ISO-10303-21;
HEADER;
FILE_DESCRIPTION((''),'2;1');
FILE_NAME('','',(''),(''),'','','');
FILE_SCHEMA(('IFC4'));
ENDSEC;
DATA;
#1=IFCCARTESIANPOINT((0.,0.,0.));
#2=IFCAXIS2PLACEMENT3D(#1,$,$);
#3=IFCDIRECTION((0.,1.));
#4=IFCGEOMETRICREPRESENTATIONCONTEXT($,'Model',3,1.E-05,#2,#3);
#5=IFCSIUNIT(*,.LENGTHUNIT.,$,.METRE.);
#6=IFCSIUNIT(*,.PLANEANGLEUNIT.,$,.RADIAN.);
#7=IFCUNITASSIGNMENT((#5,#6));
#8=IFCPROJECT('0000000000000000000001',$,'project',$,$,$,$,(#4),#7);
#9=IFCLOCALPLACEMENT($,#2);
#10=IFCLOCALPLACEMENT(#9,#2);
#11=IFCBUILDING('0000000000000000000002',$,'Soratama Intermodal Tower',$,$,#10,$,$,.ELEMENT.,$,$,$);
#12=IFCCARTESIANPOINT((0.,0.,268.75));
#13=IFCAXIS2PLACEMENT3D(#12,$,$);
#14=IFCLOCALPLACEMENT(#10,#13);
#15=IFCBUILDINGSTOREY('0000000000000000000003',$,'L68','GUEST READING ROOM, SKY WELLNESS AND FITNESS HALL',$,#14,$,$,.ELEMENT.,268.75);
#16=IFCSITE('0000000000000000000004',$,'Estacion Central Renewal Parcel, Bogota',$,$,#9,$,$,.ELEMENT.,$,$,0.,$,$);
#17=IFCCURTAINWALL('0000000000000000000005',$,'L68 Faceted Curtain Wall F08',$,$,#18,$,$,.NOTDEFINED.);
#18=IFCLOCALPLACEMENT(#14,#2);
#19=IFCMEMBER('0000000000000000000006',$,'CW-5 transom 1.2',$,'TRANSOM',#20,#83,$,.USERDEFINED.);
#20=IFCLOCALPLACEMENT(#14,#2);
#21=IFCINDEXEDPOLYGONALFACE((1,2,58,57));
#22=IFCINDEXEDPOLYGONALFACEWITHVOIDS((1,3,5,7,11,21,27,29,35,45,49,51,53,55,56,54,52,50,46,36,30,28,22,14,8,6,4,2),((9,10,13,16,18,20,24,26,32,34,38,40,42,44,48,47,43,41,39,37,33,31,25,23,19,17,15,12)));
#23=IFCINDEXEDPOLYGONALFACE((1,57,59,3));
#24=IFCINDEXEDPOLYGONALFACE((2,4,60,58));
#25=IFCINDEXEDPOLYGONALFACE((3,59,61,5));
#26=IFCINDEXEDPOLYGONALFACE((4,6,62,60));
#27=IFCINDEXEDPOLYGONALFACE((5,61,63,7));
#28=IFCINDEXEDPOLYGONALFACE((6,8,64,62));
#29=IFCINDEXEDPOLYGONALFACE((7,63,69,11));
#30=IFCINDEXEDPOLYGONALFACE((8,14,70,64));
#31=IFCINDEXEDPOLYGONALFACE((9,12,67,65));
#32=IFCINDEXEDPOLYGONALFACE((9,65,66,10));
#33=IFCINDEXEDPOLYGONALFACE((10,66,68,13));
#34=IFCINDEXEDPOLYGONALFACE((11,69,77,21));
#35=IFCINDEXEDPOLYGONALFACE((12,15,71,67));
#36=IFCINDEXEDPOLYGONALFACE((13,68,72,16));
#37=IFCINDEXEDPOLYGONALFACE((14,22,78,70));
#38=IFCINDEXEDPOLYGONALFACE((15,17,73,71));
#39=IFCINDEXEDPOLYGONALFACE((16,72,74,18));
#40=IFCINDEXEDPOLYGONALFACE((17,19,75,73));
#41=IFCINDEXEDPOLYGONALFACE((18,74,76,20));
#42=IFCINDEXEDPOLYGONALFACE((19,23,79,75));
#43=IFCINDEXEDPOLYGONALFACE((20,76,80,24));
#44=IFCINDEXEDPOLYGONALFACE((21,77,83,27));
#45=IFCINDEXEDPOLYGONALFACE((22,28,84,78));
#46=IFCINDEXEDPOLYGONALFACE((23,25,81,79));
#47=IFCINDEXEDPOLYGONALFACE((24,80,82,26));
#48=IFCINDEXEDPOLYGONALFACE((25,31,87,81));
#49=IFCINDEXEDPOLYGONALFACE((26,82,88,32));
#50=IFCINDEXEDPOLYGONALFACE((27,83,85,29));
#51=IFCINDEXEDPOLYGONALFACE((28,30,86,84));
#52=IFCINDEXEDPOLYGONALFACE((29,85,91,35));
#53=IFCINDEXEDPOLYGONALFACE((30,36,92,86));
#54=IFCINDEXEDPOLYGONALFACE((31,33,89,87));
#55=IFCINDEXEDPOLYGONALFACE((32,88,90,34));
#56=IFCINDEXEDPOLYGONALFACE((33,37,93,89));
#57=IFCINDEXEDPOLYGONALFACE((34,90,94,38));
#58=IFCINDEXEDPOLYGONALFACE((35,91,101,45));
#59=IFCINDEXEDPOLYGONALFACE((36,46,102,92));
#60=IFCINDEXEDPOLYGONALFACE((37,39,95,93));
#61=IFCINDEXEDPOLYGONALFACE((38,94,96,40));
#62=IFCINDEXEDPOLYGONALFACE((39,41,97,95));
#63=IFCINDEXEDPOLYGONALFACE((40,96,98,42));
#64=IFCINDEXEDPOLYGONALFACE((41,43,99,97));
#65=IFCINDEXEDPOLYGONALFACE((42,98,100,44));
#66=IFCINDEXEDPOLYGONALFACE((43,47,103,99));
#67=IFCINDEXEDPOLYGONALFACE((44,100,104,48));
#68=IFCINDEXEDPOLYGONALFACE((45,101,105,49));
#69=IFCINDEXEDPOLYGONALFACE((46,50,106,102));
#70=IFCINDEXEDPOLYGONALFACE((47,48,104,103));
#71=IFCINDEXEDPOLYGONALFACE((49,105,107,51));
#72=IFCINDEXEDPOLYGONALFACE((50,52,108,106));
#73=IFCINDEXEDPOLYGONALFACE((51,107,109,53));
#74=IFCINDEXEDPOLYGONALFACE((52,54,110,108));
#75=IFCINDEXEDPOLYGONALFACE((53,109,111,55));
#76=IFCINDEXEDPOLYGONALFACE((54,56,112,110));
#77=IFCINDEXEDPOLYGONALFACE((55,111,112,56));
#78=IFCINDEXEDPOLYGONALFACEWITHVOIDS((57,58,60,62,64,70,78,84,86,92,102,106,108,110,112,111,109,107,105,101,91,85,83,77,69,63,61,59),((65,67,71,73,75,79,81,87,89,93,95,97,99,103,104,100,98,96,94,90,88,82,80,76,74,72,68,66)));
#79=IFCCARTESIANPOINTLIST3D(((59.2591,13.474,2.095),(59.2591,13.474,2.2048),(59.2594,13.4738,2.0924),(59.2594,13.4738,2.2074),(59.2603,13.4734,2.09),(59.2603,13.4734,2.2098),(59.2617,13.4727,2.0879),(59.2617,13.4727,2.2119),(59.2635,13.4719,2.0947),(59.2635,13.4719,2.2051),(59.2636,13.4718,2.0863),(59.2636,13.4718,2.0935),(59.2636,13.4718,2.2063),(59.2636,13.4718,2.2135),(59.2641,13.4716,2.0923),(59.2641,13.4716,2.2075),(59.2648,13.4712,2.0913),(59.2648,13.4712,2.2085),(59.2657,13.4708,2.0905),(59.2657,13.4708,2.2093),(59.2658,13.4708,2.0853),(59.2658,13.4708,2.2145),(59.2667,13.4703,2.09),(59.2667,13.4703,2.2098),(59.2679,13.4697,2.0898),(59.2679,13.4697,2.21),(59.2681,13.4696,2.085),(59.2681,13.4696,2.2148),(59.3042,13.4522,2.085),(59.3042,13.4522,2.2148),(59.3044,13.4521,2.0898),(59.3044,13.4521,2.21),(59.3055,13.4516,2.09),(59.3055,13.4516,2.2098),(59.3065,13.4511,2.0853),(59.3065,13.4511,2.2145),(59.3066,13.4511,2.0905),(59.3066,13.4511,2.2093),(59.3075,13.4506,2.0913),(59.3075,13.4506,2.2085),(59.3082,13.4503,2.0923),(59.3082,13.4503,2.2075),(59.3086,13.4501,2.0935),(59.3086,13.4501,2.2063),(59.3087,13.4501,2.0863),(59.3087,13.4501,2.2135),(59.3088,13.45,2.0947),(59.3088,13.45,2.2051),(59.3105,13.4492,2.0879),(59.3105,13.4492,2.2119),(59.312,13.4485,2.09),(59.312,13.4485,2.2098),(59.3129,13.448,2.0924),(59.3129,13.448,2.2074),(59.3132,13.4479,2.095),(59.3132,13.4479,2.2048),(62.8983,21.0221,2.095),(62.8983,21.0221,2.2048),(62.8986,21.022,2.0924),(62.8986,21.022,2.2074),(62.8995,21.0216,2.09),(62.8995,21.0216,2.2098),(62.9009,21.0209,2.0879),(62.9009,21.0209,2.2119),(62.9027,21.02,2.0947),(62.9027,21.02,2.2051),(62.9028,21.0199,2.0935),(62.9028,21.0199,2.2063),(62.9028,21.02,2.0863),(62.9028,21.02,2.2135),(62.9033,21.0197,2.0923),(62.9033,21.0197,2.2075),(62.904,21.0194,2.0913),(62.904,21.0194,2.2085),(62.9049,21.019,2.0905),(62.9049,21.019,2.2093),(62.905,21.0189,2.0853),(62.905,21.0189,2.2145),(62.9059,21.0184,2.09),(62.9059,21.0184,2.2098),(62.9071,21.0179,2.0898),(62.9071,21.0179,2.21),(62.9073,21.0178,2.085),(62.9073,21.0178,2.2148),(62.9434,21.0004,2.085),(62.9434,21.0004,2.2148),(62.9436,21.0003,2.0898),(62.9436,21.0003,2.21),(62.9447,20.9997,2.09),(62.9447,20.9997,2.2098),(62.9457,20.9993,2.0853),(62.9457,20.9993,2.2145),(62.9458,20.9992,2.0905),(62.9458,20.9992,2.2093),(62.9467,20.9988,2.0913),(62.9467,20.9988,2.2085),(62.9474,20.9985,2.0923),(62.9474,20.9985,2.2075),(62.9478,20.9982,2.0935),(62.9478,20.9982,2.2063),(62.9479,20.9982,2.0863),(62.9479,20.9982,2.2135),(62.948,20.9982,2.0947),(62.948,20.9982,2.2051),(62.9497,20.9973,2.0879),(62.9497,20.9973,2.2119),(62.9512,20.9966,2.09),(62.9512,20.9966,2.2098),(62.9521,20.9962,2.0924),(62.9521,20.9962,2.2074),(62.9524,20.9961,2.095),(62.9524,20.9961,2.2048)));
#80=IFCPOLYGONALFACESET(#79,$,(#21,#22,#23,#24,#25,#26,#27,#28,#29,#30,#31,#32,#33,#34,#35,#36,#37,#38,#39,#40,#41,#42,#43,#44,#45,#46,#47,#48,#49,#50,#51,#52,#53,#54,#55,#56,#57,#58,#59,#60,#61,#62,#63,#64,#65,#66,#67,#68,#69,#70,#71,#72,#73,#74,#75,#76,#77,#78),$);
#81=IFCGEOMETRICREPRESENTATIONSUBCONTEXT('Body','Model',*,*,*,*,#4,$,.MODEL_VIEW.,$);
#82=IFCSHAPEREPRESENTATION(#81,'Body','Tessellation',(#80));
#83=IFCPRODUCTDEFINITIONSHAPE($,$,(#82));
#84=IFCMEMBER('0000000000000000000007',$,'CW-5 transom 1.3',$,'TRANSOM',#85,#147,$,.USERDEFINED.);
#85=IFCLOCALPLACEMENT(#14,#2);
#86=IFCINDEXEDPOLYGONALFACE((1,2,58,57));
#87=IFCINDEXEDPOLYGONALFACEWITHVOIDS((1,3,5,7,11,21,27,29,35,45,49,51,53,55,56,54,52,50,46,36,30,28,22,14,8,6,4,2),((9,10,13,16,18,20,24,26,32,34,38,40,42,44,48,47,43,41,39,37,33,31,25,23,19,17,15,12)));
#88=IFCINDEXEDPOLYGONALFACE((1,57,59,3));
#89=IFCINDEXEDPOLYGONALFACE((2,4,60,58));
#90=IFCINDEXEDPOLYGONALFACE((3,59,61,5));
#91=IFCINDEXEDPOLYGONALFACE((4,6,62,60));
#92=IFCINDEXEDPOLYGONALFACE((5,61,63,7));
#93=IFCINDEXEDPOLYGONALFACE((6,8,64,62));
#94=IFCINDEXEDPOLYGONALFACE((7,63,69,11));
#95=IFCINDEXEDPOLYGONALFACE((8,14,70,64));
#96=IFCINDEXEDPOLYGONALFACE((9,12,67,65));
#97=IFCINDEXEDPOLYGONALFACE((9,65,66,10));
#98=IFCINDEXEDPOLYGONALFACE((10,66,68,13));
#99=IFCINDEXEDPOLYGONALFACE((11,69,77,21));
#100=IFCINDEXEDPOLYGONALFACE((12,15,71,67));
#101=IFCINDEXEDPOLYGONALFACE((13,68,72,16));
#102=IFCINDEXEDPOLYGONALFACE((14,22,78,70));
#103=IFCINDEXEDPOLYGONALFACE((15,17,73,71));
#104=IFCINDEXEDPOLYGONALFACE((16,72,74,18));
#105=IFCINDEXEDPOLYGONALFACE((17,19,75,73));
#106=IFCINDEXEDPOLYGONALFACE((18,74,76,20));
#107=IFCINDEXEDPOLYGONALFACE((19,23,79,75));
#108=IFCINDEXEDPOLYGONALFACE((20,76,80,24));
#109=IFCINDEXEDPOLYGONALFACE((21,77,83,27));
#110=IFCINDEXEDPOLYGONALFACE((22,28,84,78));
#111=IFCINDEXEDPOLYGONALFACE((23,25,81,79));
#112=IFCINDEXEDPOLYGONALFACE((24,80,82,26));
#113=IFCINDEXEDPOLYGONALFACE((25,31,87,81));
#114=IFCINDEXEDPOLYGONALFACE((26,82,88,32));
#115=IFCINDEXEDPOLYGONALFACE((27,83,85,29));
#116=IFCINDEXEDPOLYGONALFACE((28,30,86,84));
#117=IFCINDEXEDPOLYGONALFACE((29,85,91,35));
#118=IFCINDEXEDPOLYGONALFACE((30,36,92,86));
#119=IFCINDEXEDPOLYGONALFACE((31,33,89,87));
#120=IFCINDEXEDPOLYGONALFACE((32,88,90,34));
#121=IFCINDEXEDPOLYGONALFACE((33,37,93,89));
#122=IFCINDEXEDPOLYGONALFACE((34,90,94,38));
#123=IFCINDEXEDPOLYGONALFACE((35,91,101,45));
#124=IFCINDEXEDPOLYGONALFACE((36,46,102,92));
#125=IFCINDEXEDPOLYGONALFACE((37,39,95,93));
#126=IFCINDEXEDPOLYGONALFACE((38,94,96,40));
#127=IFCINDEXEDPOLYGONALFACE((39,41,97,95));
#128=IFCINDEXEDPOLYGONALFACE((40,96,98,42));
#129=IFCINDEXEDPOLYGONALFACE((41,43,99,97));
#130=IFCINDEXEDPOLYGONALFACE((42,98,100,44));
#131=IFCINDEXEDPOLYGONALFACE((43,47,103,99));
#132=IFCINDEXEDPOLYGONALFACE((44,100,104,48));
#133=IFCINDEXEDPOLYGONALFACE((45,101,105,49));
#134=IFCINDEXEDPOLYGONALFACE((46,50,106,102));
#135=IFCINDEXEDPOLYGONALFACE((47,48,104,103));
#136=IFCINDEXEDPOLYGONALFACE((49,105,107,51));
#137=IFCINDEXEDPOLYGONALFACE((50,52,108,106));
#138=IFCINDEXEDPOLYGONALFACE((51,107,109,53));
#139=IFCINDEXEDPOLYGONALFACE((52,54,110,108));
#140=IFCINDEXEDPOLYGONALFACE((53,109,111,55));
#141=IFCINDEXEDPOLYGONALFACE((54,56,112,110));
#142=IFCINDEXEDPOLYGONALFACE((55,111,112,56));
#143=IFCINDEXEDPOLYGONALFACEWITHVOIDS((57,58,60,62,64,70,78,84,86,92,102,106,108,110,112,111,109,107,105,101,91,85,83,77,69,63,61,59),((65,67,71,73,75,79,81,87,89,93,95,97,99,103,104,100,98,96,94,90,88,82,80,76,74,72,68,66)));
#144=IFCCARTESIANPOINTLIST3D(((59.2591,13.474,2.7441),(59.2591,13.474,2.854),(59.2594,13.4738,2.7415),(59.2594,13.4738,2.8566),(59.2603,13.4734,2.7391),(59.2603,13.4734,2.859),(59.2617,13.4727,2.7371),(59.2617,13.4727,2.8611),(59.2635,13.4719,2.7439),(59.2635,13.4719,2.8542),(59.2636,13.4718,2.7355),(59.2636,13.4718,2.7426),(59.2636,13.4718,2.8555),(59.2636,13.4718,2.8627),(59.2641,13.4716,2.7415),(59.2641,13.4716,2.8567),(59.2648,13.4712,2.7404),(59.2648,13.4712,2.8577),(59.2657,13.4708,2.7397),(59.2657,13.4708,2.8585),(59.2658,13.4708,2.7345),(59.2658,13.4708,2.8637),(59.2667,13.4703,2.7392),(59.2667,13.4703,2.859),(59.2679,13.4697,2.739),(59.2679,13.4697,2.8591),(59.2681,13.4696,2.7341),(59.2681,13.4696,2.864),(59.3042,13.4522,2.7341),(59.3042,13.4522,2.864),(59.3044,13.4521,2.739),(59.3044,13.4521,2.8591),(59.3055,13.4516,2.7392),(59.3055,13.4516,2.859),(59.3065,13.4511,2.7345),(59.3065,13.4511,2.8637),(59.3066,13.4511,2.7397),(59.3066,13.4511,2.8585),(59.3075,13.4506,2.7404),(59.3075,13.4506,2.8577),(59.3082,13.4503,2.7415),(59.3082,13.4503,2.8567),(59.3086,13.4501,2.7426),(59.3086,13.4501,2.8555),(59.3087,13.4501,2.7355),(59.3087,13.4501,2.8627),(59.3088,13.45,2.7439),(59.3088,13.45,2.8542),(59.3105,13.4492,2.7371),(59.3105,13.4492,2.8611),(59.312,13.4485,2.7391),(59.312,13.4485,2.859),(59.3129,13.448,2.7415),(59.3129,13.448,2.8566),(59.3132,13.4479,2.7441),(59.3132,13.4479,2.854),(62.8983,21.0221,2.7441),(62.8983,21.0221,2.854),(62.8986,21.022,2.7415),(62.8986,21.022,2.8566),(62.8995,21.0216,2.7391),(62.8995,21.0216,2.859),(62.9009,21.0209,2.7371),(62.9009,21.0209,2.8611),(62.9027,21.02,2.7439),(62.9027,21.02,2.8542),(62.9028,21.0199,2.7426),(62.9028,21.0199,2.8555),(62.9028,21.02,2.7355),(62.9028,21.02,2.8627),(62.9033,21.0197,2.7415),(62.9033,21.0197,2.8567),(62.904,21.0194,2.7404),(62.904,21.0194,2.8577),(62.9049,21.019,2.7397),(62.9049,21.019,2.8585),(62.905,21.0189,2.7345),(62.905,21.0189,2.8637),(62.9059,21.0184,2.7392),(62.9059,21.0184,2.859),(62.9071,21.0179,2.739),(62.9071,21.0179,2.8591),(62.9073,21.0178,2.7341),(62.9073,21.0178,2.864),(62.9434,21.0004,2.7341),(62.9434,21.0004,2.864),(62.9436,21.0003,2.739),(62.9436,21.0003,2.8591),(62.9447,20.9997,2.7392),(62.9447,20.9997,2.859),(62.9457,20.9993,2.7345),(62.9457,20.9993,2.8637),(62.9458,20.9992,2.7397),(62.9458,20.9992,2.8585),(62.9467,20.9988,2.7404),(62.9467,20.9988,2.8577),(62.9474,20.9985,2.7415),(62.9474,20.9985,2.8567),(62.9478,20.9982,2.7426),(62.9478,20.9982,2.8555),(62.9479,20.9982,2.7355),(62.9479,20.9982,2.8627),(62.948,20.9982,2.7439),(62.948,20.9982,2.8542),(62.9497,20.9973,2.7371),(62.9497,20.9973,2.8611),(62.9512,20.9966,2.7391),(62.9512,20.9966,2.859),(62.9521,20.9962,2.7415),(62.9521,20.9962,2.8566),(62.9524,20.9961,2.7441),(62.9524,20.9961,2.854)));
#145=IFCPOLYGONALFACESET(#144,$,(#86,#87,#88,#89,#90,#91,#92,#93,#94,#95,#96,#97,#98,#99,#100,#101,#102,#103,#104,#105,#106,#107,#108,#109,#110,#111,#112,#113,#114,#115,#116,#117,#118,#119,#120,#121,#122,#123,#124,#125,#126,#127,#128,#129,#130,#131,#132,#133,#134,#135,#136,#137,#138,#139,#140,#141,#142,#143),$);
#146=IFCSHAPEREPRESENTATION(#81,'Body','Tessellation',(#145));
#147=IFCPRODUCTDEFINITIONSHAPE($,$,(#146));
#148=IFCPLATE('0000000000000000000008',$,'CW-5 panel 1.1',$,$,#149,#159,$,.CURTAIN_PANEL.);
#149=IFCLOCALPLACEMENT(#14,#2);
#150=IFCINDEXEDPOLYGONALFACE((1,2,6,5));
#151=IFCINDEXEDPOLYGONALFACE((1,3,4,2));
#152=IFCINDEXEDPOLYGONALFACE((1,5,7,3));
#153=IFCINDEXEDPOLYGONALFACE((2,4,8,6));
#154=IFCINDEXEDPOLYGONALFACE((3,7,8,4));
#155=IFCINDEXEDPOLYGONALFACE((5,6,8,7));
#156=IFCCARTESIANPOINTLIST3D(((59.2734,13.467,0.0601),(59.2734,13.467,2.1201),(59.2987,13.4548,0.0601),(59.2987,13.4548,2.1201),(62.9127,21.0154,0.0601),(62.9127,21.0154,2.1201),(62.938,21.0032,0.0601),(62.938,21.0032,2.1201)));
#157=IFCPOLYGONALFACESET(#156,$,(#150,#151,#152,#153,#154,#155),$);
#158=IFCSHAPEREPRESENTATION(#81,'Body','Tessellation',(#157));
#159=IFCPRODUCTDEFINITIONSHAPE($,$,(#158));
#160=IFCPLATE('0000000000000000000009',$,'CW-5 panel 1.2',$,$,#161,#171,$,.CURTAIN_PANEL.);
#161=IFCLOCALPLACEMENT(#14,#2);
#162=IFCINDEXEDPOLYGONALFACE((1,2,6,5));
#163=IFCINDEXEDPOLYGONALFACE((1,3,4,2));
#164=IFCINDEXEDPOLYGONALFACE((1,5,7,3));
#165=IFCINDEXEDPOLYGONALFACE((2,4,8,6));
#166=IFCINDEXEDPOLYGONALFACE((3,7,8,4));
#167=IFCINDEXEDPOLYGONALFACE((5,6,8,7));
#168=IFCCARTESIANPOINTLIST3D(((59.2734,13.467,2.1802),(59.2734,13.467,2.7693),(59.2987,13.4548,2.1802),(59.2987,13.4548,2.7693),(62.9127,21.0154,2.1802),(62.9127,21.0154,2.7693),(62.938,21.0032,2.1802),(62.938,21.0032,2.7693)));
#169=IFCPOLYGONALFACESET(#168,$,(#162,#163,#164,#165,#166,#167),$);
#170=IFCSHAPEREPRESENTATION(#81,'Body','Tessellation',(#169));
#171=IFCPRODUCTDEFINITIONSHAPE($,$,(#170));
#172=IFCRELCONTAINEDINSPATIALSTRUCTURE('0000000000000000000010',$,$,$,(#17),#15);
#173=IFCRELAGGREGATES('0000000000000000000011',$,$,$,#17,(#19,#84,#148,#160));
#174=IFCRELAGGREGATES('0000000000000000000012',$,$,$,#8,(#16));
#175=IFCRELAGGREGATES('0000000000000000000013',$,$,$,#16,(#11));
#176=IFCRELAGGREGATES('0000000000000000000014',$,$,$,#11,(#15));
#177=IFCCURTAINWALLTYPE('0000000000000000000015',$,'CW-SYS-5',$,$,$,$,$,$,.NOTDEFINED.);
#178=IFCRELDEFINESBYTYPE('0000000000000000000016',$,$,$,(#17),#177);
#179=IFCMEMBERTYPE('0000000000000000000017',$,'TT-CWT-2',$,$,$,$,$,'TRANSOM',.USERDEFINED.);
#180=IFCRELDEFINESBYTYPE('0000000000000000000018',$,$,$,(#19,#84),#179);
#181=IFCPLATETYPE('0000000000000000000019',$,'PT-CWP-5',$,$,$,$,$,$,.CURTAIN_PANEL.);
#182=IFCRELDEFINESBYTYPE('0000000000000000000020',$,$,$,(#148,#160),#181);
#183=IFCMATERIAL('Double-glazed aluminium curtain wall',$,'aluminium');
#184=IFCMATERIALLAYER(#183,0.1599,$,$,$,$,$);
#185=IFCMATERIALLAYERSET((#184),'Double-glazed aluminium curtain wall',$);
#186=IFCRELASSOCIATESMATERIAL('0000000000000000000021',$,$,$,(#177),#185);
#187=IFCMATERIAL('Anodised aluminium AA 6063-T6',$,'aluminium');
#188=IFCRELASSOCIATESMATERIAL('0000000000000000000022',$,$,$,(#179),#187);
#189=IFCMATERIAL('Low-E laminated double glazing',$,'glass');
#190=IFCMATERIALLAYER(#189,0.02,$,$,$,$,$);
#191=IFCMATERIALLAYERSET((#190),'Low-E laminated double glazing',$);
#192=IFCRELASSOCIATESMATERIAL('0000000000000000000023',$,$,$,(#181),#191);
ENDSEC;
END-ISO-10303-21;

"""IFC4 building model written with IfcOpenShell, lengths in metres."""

from ifc_helpers import new_model, si_unit, direction, frame, origin, origin_2d, place, context, subcontext, project, spatial, rectangle, hollow_rectangle, extrude, material, layer, layer_set, material_profile, profile_set, type_object, element, aggregate, save


model = new_model("IFC4")

# Units and contexts
model_context = context("Model", 3, precision=1e-05, world=origin(), true_north=direction((0.0, 1.0)))
body_context = subcontext(model_context, "Body", "Model", "MODEL_VIEW")
ifc_project = project(units=[si_unit("LENGTHUNIT", "METRE"), si_unit("PLANEANGLEUNIT", "RADIAN")], contexts=[model_context])

# Site, building, storey
site_placement = place(None, origin())
site = spatial("IfcSite", under=ifc_project, at=site_placement, Name="Estacion Central Renewal Parcel, Bogota", CompositionType="ELEMENT", RefElevation=0.0)
building_placement = place(site_placement, origin())
building = spatial("IfcBuilding", under=site, at=building_placement, Name="Soratama Intermodal Tower", CompositionType="ELEMENT")
storey_placement = place(building_placement, frame((0.0, 0.0, 268.75)))
storey = spatial("IfcBuildingStorey", under=building, at=storey_placement, Name="L68", Description="GUEST READING ROOM, SKY WELLNESS AND FITNESS HALL", CompositionType="ELEMENT", Elevation=268.75)

# Curtain wall, members, plates
ifc_material_1 = material(Name="Double-glazed aluminium curtain wall", Category="aluminium")
ifc_layer_1 = layer(ifc_material_1, 0.1599)
ifc_layer_set_1 = layer_set([ifc_layer_1], Name="Double-glazed aluminium curtain wall")
curtain_wall_type = type_object("IfcCurtainWallType", Name="CW-SYS-5", PredefinedType="NOTDEFINED", material=ifc_layer_set_1)
curtain_wall_placement = place(storey_placement, origin())
curtain_wall = element("IfcCurtainWall", 1, at=curtain_wall_placement, inside=storey, type_object=curtain_wall_type, Name="L68 Faceted Curtain Wall F08", PredefinedType="NOTDEFINED")
ifc_material_2 = material(Name="Anodised aluminium AA 6063-T6", Category="aluminium")
ifc_material_profile_1 = material_profile(ifc_material_2, hollow_rectangle(XDim=0.0601, YDim=0.1299, WallThickness=0.0049, InnerFilletRadius=0.0049, OuterFilletRadius=0.01, at=origin_2d()), Name="CWT130X60X5")
ifc_profile_set_1 = profile_set([ifc_material_profile_1], Name="Anodised aluminium AA 6063-T6")
member_type_1 = type_object("IfcMemberType", Name="TT-CWT-2", ElementType="TRANSOM", PredefinedType="USERDEFINED", material=ifc_profile_set_1)
member_1_placement = place(storey_placement, frame((59.2861, 13.4609, 2.1499), z_axis=(0.434289, 0.900773, 0.0), x_axis=(-0.900773, 0.434289, 0.0)))
member_1 = element("IfcMember", 2, at=member_1_placement, type_object=member_type_1, Name="CW-5 transom 1.2", ObjectType="TRANSOM", PredefinedType="USERDEFINED", context=body_context, shape_type="SweptSolid", body=[
    extrude(hollow_rectangle(XDim=0.0601, YDim=0.1299, WallThickness=0.0049, InnerFilletRadius=0.0049, OuterFilletRadius=0.01, at=origin_2d()), origin(), (0.0, 0.0, 1.0), 8.3796),
])
member_2_placement = place(storey_placement, frame((59.2861, 13.4609, 2.7991), z_axis=(0.434289, 0.900773, 0.0), x_axis=(-0.900773, 0.434289, 0.0)))
member_2 = element("IfcMember", 3, at=member_2_placement, type_object=member_type_1, Name="CW-5 transom 1.3", ObjectType="TRANSOM", PredefinedType="USERDEFINED", context=body_context, shape_type="SweptSolid", body=[
    extrude(hollow_rectangle(XDim=0.0601, YDim=0.1299, WallThickness=0.0049, InnerFilletRadius=0.0049, OuterFilletRadius=0.01, at=origin_2d()), origin(), (0.0, 0.0, 1.0), 8.3796),
])
ifc_material_3 = material(Name="Low-E laminated double glazing", Category="glass")
ifc_layer_2 = layer(ifc_material_3, 0.02)
ifc_layer_set_2 = layer_set([ifc_layer_2], Name="Low-E laminated double glazing")
plate_type = type_object("IfcPlateType", Name="PT-CWP-5", PredefinedType="CURTAIN_PANEL", material=ifc_layer_set_2)
plate_1_placement = place(storey_placement, frame((61.1057, 17.2351, 0.0601), z_axis=(0.0, 0.0, 1.0), x_axis=(0.434292, 0.900772, 0.0)))
plate_1 = element("IfcPlate", 4, at=plate_1_placement, type_object=plate_type, Name="CW-5 panel 1.1", PredefinedType="CURTAIN_PANEL", context=body_context, shape_type="SweptSolid", body=[
    extrude(rectangle(XDim=8.3799, YDim=0.0281, at=origin_2d()), origin(), (0.0, 0.0, 1.0), 2.0601),
])
plate_2_placement = place(storey_placement, frame((61.1057, 17.2351, 2.1802), z_axis=(0.0, 0.0, 1.0), x_axis=(0.434292, 0.900772, 0.0)))
plate_2 = element("IfcPlate", 5, at=plate_2_placement, type_object=plate_type, Name="CW-5 panel 1.2", PredefinedType="CURTAIN_PANEL", context=body_context, shape_type="SweptSolid", body=[
    extrude(rectangle(XDim=8.3799, YDim=0.0281, at=origin_2d()), origin(), (0.0, 0.0, 1.0), 0.5891),
])
aggregate(curtain_wall, [member_1, member_2, plate_1, plate_2])

save(model, "model.ifc")
